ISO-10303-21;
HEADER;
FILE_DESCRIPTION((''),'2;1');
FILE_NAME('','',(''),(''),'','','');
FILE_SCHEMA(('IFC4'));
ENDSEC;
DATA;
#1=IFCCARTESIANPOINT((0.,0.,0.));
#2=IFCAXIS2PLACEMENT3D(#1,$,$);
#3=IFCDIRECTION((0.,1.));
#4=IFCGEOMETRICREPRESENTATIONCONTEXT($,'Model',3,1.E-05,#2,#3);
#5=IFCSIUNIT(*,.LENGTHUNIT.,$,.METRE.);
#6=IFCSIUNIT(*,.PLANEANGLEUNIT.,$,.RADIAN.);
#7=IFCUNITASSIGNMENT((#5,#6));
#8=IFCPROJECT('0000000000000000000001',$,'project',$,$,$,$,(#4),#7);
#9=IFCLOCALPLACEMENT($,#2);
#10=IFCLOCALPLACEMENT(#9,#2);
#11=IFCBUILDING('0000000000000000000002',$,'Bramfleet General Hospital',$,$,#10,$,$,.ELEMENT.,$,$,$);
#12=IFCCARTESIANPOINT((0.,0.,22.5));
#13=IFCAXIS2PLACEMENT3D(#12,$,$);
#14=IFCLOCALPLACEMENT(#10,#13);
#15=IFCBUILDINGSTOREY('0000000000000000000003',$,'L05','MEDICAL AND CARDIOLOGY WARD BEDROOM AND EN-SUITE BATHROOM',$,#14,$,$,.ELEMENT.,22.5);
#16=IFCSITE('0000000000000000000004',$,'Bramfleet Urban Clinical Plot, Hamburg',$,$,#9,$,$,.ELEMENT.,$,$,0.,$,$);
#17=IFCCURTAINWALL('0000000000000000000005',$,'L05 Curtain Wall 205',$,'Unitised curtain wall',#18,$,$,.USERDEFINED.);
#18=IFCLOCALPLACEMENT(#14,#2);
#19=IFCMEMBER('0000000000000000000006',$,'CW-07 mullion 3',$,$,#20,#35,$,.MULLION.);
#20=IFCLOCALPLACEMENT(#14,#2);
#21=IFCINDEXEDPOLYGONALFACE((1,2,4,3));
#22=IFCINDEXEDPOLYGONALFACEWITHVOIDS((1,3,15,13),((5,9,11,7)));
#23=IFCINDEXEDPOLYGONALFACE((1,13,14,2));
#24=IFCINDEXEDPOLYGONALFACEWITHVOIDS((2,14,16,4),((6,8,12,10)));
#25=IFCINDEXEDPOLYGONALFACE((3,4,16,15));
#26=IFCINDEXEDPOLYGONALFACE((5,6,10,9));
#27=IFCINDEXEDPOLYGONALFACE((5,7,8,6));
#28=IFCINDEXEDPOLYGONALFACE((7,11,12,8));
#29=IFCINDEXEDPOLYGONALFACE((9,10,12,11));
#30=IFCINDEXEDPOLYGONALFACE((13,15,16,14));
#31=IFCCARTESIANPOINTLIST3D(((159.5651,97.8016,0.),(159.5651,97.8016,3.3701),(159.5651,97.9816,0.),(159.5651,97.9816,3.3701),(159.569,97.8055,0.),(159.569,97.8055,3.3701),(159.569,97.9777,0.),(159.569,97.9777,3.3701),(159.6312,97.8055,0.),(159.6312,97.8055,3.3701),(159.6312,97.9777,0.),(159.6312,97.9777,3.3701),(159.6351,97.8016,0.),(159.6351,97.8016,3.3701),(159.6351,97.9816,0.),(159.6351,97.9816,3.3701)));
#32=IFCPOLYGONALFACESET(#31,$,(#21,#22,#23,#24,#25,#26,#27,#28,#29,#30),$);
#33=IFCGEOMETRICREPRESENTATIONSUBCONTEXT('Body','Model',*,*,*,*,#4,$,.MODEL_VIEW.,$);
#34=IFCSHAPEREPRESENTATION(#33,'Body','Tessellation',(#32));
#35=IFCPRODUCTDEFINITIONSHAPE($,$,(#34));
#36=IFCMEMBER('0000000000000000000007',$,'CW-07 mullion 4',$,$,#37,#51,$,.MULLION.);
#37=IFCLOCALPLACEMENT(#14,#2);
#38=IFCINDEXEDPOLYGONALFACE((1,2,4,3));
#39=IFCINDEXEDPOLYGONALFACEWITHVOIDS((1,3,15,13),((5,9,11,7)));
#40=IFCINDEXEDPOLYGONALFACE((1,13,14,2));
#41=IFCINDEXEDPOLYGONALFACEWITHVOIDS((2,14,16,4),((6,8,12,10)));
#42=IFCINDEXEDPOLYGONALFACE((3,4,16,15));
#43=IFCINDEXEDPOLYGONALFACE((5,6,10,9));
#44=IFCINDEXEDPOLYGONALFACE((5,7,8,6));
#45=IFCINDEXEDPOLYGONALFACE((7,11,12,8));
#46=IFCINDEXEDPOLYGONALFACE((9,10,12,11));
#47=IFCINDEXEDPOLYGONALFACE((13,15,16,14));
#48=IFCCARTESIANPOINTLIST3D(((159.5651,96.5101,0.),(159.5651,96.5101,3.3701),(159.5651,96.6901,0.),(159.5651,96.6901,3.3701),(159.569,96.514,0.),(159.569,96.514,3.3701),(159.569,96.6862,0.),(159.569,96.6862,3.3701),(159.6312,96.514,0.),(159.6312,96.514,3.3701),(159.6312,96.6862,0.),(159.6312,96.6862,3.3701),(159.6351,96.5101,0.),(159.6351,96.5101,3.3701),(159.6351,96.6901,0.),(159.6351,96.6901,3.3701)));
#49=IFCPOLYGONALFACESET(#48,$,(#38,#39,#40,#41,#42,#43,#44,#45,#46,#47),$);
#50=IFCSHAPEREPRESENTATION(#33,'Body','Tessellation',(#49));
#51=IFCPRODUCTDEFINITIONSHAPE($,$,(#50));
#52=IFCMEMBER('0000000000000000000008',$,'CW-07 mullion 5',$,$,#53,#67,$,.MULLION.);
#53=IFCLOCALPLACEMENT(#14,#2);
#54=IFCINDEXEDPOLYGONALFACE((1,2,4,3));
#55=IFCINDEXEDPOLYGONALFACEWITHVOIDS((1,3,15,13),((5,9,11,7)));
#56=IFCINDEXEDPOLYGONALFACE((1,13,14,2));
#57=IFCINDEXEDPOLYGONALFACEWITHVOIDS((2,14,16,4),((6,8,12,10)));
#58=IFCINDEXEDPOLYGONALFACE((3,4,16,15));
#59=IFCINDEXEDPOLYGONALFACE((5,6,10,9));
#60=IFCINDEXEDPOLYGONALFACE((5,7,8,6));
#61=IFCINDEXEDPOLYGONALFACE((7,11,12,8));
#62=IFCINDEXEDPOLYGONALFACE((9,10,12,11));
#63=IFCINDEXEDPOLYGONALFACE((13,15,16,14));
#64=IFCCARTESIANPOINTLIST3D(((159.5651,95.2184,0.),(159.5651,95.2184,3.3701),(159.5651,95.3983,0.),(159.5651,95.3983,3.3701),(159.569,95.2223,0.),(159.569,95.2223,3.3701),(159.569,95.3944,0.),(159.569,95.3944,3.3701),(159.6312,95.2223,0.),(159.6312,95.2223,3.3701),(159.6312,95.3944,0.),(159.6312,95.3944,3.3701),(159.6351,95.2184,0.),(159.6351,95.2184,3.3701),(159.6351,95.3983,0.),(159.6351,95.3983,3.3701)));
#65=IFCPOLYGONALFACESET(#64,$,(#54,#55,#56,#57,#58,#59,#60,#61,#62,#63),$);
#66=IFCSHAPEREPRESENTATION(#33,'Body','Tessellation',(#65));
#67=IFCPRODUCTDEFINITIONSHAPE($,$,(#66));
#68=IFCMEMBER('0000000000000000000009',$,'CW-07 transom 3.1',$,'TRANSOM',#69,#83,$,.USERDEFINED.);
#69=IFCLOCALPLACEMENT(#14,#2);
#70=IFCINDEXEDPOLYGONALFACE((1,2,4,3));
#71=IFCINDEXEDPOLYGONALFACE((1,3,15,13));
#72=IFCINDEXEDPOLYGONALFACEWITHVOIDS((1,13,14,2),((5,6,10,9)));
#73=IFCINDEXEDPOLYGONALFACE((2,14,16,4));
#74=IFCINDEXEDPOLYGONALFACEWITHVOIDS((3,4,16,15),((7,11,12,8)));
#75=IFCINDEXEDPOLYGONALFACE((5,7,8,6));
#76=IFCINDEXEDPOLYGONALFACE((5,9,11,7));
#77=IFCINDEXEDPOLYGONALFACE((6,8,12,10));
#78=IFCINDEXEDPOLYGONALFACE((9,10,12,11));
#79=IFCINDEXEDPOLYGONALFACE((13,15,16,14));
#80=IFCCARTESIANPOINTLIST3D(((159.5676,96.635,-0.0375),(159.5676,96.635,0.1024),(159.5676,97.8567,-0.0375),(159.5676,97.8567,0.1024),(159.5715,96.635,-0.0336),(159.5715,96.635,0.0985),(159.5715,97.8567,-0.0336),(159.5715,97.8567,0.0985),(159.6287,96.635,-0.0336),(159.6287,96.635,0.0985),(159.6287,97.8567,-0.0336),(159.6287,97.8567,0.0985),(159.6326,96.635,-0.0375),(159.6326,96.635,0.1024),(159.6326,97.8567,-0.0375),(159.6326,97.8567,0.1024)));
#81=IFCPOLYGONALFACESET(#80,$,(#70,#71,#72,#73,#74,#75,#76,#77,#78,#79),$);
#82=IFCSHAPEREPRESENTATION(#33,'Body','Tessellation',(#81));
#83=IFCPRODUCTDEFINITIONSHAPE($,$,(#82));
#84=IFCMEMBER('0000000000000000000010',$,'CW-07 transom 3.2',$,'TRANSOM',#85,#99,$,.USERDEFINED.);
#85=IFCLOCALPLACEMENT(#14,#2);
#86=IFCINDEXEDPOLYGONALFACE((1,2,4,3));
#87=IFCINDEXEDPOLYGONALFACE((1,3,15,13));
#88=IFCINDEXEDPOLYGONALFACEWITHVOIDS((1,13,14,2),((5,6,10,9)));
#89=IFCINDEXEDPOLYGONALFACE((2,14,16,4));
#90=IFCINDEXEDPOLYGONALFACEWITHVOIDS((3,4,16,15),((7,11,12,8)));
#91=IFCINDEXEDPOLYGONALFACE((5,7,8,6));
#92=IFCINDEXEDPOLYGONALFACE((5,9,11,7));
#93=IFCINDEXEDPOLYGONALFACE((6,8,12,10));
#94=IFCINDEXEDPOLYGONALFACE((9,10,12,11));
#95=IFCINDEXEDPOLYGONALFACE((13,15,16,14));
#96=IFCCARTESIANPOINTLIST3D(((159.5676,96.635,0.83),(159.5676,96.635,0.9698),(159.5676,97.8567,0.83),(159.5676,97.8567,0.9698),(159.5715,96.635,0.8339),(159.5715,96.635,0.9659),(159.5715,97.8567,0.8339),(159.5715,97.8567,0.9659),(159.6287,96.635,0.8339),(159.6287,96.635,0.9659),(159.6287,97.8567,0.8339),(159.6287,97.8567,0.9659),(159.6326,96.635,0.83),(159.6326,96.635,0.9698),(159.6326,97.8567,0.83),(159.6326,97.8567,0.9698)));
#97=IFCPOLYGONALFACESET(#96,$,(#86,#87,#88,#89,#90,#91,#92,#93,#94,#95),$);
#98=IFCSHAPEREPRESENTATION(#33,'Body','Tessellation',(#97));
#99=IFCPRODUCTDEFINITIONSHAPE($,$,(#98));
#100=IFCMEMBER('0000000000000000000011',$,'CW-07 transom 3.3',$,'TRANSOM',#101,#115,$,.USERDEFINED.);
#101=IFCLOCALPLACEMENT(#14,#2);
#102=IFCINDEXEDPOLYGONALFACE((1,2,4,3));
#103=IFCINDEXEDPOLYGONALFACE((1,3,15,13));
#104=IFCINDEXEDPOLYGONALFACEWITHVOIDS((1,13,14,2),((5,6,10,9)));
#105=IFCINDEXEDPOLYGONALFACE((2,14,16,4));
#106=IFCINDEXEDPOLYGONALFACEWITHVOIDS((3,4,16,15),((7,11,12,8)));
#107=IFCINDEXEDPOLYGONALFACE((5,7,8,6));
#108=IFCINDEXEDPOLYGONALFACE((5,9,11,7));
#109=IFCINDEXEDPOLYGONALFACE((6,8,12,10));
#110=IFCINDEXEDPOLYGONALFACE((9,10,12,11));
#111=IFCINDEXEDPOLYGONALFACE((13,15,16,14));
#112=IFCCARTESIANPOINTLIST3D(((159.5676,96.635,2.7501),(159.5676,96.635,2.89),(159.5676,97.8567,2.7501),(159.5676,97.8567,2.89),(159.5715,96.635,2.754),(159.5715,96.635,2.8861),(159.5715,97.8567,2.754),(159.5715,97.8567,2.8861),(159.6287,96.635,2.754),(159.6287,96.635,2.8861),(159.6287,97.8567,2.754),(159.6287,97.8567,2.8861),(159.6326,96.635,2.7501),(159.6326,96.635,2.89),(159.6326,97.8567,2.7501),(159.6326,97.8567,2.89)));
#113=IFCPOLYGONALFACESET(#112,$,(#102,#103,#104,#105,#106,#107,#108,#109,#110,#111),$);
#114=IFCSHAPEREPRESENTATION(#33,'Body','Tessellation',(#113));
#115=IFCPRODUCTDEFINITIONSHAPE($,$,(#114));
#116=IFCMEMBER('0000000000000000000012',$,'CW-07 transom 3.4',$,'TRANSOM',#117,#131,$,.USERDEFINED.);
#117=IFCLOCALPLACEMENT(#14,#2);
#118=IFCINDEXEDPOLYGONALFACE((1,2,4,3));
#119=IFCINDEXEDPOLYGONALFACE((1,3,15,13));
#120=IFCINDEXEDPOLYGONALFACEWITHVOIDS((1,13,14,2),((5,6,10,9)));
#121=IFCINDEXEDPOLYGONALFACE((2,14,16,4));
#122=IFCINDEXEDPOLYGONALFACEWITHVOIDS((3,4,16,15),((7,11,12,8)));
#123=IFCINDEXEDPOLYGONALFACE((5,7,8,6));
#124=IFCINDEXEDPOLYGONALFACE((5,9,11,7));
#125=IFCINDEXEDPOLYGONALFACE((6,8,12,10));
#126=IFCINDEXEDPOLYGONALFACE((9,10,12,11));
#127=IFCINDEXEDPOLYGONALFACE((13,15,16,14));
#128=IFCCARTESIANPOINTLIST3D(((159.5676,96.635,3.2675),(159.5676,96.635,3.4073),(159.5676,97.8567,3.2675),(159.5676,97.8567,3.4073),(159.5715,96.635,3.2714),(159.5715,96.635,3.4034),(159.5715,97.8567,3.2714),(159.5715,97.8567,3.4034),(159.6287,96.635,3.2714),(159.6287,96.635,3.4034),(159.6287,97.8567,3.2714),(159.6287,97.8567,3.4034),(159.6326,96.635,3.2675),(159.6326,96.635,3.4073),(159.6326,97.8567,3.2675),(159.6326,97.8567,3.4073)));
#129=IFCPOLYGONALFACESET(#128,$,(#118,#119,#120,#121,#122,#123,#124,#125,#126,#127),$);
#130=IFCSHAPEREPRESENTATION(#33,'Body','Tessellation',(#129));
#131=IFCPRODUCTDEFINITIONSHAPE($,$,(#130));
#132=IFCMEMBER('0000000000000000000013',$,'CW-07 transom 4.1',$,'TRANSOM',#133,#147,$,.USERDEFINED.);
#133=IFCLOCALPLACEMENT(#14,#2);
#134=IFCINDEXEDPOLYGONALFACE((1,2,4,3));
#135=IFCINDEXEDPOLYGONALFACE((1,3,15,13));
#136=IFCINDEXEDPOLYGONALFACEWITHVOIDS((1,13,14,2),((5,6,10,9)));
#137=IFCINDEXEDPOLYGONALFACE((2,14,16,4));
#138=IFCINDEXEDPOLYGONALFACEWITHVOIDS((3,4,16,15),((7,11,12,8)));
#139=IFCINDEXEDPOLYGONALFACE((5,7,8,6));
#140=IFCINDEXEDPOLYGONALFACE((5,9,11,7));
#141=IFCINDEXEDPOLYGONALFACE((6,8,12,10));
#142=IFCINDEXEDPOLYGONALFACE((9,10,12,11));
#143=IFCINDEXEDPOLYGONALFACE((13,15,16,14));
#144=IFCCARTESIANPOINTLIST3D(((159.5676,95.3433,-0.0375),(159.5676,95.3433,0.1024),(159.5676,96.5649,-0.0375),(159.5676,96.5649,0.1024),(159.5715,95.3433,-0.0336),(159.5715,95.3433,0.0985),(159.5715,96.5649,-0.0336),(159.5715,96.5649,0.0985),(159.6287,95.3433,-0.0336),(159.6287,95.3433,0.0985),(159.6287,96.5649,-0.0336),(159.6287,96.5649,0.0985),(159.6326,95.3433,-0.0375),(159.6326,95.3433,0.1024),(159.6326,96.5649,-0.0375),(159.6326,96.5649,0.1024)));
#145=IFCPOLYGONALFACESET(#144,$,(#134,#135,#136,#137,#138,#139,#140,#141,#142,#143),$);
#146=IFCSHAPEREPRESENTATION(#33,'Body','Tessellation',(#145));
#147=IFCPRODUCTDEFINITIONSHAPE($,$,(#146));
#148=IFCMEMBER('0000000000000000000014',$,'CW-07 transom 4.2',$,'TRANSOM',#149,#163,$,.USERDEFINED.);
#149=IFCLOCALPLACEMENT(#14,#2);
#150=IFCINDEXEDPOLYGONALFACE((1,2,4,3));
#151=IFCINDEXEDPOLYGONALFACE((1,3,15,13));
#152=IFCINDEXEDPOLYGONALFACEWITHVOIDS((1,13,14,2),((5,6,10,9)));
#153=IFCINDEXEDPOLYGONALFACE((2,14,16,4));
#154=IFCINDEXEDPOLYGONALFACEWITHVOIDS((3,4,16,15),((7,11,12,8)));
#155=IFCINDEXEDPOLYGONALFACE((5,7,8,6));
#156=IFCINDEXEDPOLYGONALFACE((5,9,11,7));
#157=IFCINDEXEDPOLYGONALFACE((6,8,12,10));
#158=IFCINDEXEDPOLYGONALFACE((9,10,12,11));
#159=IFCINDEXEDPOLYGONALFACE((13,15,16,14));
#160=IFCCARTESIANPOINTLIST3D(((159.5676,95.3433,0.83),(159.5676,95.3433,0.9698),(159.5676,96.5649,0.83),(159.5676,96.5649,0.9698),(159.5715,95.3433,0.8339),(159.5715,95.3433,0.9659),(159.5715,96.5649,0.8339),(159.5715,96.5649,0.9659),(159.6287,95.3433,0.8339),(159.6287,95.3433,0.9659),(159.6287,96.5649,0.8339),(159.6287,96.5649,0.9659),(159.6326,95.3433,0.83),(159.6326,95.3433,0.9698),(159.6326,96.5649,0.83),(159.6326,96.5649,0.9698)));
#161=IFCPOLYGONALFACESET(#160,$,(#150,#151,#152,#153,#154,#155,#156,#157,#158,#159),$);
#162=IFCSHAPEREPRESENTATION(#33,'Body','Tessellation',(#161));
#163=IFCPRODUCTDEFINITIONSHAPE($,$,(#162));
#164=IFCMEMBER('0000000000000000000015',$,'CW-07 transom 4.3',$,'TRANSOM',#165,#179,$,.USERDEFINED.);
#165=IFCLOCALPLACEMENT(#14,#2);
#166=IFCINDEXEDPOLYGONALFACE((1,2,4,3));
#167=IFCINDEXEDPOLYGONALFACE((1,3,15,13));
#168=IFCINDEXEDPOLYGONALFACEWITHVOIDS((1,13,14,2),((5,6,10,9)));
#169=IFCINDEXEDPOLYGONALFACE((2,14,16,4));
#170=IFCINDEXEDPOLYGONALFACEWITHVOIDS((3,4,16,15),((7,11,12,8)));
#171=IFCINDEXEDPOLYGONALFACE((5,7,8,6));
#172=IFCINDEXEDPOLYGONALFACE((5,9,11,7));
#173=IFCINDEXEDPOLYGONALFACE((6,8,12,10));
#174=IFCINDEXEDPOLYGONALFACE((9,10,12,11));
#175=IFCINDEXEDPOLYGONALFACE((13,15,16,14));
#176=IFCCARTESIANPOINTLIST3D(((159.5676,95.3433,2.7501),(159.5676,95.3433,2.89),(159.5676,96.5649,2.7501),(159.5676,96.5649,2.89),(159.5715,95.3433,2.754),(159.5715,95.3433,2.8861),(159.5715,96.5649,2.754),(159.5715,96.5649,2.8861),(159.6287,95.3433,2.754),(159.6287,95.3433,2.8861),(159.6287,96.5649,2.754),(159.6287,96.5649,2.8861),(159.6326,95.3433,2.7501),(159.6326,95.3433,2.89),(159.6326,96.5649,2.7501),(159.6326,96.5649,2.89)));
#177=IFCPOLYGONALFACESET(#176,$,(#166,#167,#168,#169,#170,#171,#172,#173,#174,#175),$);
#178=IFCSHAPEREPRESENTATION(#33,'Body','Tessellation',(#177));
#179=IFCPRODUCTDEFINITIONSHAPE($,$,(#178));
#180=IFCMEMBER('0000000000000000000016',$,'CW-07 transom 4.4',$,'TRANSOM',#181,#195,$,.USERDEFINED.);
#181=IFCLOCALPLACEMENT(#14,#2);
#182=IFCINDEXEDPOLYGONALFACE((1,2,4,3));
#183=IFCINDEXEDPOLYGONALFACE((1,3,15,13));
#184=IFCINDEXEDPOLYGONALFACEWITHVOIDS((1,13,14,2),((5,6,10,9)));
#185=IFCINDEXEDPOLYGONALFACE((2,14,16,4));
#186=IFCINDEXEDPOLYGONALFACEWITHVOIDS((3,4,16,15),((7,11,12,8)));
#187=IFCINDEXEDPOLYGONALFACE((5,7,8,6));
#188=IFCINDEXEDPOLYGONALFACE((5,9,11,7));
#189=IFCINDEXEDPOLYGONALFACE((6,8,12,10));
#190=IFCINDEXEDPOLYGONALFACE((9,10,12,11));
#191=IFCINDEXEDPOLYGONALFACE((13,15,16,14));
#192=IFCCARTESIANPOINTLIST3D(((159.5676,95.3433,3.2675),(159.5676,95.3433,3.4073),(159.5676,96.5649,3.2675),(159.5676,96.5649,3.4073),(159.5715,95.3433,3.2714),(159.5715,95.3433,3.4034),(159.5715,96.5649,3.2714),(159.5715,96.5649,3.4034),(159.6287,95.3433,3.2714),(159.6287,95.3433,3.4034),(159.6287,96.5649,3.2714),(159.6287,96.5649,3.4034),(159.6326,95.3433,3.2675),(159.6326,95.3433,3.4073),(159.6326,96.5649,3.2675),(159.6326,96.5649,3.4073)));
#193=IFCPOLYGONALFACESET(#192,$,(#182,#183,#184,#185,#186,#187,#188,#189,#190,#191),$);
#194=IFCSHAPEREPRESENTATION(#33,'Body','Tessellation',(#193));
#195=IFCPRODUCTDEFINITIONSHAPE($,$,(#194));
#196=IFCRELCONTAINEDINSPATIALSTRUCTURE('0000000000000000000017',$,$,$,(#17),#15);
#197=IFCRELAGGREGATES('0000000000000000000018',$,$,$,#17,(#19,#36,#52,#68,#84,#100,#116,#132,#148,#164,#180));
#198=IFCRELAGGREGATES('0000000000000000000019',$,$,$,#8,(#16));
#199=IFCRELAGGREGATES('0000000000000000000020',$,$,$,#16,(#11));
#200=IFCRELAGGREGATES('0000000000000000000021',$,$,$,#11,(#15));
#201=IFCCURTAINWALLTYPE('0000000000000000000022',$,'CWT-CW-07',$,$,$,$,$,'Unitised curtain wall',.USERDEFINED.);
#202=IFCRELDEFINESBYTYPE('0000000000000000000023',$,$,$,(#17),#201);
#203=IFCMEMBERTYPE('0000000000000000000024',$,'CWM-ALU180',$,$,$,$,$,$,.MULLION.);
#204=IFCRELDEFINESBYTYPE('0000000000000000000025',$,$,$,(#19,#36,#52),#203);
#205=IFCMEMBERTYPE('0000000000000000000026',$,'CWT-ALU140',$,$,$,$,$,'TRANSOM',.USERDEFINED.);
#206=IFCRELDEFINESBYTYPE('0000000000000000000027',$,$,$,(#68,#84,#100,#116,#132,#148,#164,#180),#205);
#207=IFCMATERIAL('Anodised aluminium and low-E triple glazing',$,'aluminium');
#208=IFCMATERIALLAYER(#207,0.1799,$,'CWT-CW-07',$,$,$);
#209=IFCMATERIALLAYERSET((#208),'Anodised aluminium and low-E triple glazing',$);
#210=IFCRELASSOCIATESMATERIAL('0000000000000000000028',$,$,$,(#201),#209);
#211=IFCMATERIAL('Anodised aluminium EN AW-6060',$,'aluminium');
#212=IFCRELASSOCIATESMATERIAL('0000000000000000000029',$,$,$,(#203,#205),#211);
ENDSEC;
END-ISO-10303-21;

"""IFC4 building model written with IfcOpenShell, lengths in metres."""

from ifc_helpers import new_model, si_unit, direction, frame, origin, origin_2d, place, context, subcontext, project, spatial, hollow_rectangle, extrude, material, layer, layer_set, material_profile, profile_set, type_object, element, aggregate, save


model = new_model("IFC4")

# Units and contexts
model_context = context("Model", 3, precision=1e-05, world=origin(), true_north=direction((0.0, 1.0)))
body_context = subcontext(model_context, "Body", "Model", "MODEL_VIEW")
ifc_project = project(units=[si_unit("LENGTHUNIT", "METRE"), si_unit("PLANEANGLEUNIT", "RADIAN")], contexts=[model_context])

# Site, building, storey
site_placement = place(None, origin())
site = spatial("IfcSite", under=ifc_project, at=site_placement, Name="Bramfleet Urban Clinical Plot, Hamburg", CompositionType="ELEMENT", RefElevation=0.0)
building_placement = place(site_placement, origin())
building = spatial("IfcBuilding", under=site, at=building_placement, Name="Bramfleet General Hospital", CompositionType="ELEMENT")
storey_placement = place(building_placement, frame((0.0, 0.0, 22.5)))
storey = spatial("IfcBuildingStorey", under=building, at=storey_placement, Name="L05", Description="MEDICAL AND CARDIOLOGY WARD BEDROOM AND EN-SUITE BATHROOM", CompositionType="ELEMENT", Elevation=22.5)

# Curtain wall, members
ifc_material_1 = material(Name="Anodised aluminium and low-E triple glazing", Category="aluminium")
ifc_layer_1 = layer(ifc_material_1, 0.1799, Name="CWT-CW-07")
ifc_layer_set_1 = layer_set([ifc_layer_1], Name="Anodised aluminium and low-E triple glazing")
curtain_wall_type = type_object("IfcCurtainWallType", Name="CWT-CW-07", ElementType="Unitised curtain wall", PredefinedType="USERDEFINED", material=ifc_layer_set_1)
curtain_wall_placement = place(storey_placement, origin())
curtain_wall = element("IfcCurtainWall", 1, at=curtain_wall_placement, inside=storey, type_object=curtain_wall_type, Name="L05 Curtain Wall 205", ObjectType="Unitised curtain wall", PredefinedType="USERDEFINED")
ifc_material_2 = material(Name="Anodised aluminium EN AW-6060", Category="aluminium")
ifc_material_profile_1 = material_profile(ifc_material_2, hollow_rectangle(XDim=0.0701, YDim=0.1799, WallThickness=0.0039, at=origin_2d()), Name="ALU 180x70x4.0")
ifc_profile_set_1 = profile_set([ifc_material_profile_1], Name="Anodised aluminium EN AW-6060")
member_type_1 = type_object("IfcMemberType", Name="CWM-ALU180", PredefinedType="MULLION", material=ifc_profile_set_1)
member_1_placement = place(storey_placement, frame((159.6001, 97.8916, 0.0), z_axis=(0.0, 0.0, 1.0), x_axis=(1.0, 0.0, 0.0)))
member_1 = element("IfcMember", 2, at=member_1_placement, type_object=member_type_1, Name="CW-07 mullion 3", PredefinedType="MULLION", context=body_context, shape_type="SweptSolid", body=[
    extrude(hollow_rectangle(XDim=0.0701, YDim=0.1799, WallThickness=0.0039, at=origin_2d()), origin(), (0.0, 0.0, 1.0), 3.3701),
])
member_2_placement = place(storey_placement, frame((159.6001, 96.6001, 0.0), z_axis=(0.0, 0.0, 1.0), x_axis=(1.0, 0.0, 0.0)))
member_2 = element("IfcMember", 3, at=member_2_placement, type_object=member_type_1, Name="CW-07 mullion 4", PredefinedType="MULLION", context=body_context, shape_type="SweptSolid", body=[
    extrude(hollow_rectangle(XDim=0.0701, YDim=0.1799, WallThickness=0.0039, at=origin_2d()), origin(), (0.0, 0.0, 1.0), 3.3701),
])
member_3_placement = place(storey_placement, frame((159.6001, 95.3083, 0.0), z_axis=(0.0, 0.0, 1.0), x_axis=(1.0, 0.0, 0.0)))
member_3 = element("IfcMember", 4, at=member_3_placement, type_object=member_type_1, Name="CW-07 mullion 5", PredefinedType="MULLION", context=body_context, shape_type="SweptSolid", body=[
    extrude(hollow_rectangle(XDim=0.0701, YDim=0.1799, WallThickness=0.0039, at=origin_2d()), origin(), (0.0, 0.0, 1.0), 3.3701),
])
ifc_material_profile_2 = material_profile(ifc_material_2, hollow_rectangle(XDim=0.0649, YDim=0.1399, WallThickness=0.0039, at=origin_2d()), Name="ALU 140x65x4.0")
ifc_profile_set_2 = profile_set([ifc_material_profile_2], Name="Anodised aluminium EN AW-6060")
member_type_2 = type_object("IfcMemberType", Name="CWT-ALU140", ElementType="TRANSOM", PredefinedType="USERDEFINED", material=ifc_profile_set_2)
member_4_placement = place(storey_placement, frame((159.6001, 97.8567, 0.0325), z_axis=(0.0, -1.0, 0.0), x_axis=(1.0, 0.0, 0.0)))
member_4 = element("IfcMember", 5, at=member_4_placement, type_object=member_type_2, Name="CW-07 transom 3.1", ObjectType="TRANSOM", PredefinedType="USERDEFINED", context=body_context, shape_type="SweptSolid", body=[
    extrude(hollow_rectangle(XDim=0.0649, YDim=0.1399, WallThickness=0.0039, at=origin_2d()), origin(), (0.0, 0.0, 1.0), 1.2217),
])
member_5_placement = place(storey_placement, frame((159.6001, 97.8567, 0.8999), z_axis=(0.0, -1.0, 0.0), x_axis=(1.0, 0.0, 0.0)))
member_5 = element("IfcMember", 6, at=member_5_placement, type_object=member_type_2, Name="CW-07 transom 3.2", ObjectType="TRANSOM", PredefinedType="USERDEFINED", context=body_context, shape_type="SweptSolid", body=[
    extrude(hollow_rectangle(XDim=0.0649, YDim=0.1399, WallThickness=0.0039, at=origin_2d()), origin(), (0.0, 0.0, 1.0), 1.2217),
])
member_6_placement = place(storey_placement, frame((159.6001, 97.8567, 2.8201), z_axis=(0.0, -1.0, 0.0), x_axis=(1.0, 0.0, 0.0)))
member_6 = element("IfcMember", 7, at=member_6_placement, type_object=member_type_2, Name="CW-07 transom 3.3", ObjectType="TRANSOM", PredefinedType="USERDEFINED", context=body_context, shape_type="SweptSolid", body=[
    extrude(hollow_rectangle(XDim=0.0649, YDim=0.1399, WallThickness=0.0039, at=origin_2d()), origin(), (0.0, 0.0, 1.0), 1.2217),
])
member_7_placement = place(storey_placement, frame((159.6001, 97.8567, 3.3374), z_axis=(0.0, -1.0, 0.0), x_axis=(1.0, 0.0, 0.0)))
member_7 = element("IfcMember", 8, at=member_7_placement, type_object=member_type_2, Name="CW-07 transom 3.4", ObjectType="TRANSOM", PredefinedType="USERDEFINED", context=body_context, shape_type="SweptSolid", body=[
    extrude(hollow_rectangle(XDim=0.0649, YDim=0.1399, WallThickness=0.0039, at=origin_2d()), origin(), (0.0, 0.0, 1.0), 1.2217),
])
member_8_placement = place(storey_placement, frame((159.6001, 96.5649, 0.0325), z_axis=(0.0, -1.0, 0.0), x_axis=(1.0, 0.0, 0.0)))
member_8 = element("IfcMember", 9, at=member_8_placement, type_object=member_type_2, Name="CW-07 transom 4.1", ObjectType="TRANSOM", PredefinedType="USERDEFINED", context=body_context, shape_type="SweptSolid", body=[
    extrude(hollow_rectangle(XDim=0.0649, YDim=0.1399, WallThickness=0.0039, at=origin_2d()), origin(), (0.0, 0.0, 1.0), 1.2217),
])
member_9_placement = place(storey_placement, frame((159.6001, 96.5649, 0.8999), z_axis=(0.0, -1.0, 0.0), x_axis=(1.0, 0.0, 0.0)))
member_9 = element("IfcMember", 10, at=member_9_placement, type_object=member_type_2, Name="CW-07 transom 4.2", ObjectType="TRANSOM", PredefinedType="USERDEFINED", context=body_context, shape_type="SweptSolid", body=[
    extrude(hollow_rectangle(XDim=0.0649, YDim=0.1399, WallThickness=0.0039, at=origin_2d()), origin(), (0.0, 0.0, 1.0), 1.2217),
])
member_10_placement = place(storey_placement, frame((159.6001, 96.5649, 2.8201), z_axis=(0.0, -1.0, 0.0), x_axis=(1.0, 0.0, 0.0)))
member_10 = element("IfcMember", 11, at=member_10_placement, type_object=member_type_2, Name="CW-07 transom 4.3", ObjectType="TRANSOM", PredefinedType="USERDEFINED", context=body_context, shape_type="SweptSolid", body=[
    extrude(hollow_rectangle(XDim=0.0649, YDim=0.1399, WallThickness=0.0039, at=origin_2d()), origin(), (0.0, 0.0, 1.0), 1.2217),
])
member_11_placement = place(storey_placement, frame((159.6001, 96.5649, 3.3374), z_axis=(0.0, -1.0, 0.0), x_axis=(1.0, 0.0, 0.0)))
member_11 = element("IfcMember", 12, at=member_11_placement, type_object=member_type_2, Name="CW-07 transom 4.4", ObjectType="TRANSOM", PredefinedType="USERDEFINED", context=body_context, shape_type="SweptSolid", body=[
    extrude(hollow_rectangle(XDim=0.0649, YDim=0.1399, WallThickness=0.0039, at=origin_2d()), origin(), (0.0, 0.0, 1.0), 1.2217),
])
aggregate(curtain_wall, [member_1, member_2, member_3, member_4, member_5, member_6, member_7, member_8, member_9, member_10, member_11])

save(model, "model.ifc")
